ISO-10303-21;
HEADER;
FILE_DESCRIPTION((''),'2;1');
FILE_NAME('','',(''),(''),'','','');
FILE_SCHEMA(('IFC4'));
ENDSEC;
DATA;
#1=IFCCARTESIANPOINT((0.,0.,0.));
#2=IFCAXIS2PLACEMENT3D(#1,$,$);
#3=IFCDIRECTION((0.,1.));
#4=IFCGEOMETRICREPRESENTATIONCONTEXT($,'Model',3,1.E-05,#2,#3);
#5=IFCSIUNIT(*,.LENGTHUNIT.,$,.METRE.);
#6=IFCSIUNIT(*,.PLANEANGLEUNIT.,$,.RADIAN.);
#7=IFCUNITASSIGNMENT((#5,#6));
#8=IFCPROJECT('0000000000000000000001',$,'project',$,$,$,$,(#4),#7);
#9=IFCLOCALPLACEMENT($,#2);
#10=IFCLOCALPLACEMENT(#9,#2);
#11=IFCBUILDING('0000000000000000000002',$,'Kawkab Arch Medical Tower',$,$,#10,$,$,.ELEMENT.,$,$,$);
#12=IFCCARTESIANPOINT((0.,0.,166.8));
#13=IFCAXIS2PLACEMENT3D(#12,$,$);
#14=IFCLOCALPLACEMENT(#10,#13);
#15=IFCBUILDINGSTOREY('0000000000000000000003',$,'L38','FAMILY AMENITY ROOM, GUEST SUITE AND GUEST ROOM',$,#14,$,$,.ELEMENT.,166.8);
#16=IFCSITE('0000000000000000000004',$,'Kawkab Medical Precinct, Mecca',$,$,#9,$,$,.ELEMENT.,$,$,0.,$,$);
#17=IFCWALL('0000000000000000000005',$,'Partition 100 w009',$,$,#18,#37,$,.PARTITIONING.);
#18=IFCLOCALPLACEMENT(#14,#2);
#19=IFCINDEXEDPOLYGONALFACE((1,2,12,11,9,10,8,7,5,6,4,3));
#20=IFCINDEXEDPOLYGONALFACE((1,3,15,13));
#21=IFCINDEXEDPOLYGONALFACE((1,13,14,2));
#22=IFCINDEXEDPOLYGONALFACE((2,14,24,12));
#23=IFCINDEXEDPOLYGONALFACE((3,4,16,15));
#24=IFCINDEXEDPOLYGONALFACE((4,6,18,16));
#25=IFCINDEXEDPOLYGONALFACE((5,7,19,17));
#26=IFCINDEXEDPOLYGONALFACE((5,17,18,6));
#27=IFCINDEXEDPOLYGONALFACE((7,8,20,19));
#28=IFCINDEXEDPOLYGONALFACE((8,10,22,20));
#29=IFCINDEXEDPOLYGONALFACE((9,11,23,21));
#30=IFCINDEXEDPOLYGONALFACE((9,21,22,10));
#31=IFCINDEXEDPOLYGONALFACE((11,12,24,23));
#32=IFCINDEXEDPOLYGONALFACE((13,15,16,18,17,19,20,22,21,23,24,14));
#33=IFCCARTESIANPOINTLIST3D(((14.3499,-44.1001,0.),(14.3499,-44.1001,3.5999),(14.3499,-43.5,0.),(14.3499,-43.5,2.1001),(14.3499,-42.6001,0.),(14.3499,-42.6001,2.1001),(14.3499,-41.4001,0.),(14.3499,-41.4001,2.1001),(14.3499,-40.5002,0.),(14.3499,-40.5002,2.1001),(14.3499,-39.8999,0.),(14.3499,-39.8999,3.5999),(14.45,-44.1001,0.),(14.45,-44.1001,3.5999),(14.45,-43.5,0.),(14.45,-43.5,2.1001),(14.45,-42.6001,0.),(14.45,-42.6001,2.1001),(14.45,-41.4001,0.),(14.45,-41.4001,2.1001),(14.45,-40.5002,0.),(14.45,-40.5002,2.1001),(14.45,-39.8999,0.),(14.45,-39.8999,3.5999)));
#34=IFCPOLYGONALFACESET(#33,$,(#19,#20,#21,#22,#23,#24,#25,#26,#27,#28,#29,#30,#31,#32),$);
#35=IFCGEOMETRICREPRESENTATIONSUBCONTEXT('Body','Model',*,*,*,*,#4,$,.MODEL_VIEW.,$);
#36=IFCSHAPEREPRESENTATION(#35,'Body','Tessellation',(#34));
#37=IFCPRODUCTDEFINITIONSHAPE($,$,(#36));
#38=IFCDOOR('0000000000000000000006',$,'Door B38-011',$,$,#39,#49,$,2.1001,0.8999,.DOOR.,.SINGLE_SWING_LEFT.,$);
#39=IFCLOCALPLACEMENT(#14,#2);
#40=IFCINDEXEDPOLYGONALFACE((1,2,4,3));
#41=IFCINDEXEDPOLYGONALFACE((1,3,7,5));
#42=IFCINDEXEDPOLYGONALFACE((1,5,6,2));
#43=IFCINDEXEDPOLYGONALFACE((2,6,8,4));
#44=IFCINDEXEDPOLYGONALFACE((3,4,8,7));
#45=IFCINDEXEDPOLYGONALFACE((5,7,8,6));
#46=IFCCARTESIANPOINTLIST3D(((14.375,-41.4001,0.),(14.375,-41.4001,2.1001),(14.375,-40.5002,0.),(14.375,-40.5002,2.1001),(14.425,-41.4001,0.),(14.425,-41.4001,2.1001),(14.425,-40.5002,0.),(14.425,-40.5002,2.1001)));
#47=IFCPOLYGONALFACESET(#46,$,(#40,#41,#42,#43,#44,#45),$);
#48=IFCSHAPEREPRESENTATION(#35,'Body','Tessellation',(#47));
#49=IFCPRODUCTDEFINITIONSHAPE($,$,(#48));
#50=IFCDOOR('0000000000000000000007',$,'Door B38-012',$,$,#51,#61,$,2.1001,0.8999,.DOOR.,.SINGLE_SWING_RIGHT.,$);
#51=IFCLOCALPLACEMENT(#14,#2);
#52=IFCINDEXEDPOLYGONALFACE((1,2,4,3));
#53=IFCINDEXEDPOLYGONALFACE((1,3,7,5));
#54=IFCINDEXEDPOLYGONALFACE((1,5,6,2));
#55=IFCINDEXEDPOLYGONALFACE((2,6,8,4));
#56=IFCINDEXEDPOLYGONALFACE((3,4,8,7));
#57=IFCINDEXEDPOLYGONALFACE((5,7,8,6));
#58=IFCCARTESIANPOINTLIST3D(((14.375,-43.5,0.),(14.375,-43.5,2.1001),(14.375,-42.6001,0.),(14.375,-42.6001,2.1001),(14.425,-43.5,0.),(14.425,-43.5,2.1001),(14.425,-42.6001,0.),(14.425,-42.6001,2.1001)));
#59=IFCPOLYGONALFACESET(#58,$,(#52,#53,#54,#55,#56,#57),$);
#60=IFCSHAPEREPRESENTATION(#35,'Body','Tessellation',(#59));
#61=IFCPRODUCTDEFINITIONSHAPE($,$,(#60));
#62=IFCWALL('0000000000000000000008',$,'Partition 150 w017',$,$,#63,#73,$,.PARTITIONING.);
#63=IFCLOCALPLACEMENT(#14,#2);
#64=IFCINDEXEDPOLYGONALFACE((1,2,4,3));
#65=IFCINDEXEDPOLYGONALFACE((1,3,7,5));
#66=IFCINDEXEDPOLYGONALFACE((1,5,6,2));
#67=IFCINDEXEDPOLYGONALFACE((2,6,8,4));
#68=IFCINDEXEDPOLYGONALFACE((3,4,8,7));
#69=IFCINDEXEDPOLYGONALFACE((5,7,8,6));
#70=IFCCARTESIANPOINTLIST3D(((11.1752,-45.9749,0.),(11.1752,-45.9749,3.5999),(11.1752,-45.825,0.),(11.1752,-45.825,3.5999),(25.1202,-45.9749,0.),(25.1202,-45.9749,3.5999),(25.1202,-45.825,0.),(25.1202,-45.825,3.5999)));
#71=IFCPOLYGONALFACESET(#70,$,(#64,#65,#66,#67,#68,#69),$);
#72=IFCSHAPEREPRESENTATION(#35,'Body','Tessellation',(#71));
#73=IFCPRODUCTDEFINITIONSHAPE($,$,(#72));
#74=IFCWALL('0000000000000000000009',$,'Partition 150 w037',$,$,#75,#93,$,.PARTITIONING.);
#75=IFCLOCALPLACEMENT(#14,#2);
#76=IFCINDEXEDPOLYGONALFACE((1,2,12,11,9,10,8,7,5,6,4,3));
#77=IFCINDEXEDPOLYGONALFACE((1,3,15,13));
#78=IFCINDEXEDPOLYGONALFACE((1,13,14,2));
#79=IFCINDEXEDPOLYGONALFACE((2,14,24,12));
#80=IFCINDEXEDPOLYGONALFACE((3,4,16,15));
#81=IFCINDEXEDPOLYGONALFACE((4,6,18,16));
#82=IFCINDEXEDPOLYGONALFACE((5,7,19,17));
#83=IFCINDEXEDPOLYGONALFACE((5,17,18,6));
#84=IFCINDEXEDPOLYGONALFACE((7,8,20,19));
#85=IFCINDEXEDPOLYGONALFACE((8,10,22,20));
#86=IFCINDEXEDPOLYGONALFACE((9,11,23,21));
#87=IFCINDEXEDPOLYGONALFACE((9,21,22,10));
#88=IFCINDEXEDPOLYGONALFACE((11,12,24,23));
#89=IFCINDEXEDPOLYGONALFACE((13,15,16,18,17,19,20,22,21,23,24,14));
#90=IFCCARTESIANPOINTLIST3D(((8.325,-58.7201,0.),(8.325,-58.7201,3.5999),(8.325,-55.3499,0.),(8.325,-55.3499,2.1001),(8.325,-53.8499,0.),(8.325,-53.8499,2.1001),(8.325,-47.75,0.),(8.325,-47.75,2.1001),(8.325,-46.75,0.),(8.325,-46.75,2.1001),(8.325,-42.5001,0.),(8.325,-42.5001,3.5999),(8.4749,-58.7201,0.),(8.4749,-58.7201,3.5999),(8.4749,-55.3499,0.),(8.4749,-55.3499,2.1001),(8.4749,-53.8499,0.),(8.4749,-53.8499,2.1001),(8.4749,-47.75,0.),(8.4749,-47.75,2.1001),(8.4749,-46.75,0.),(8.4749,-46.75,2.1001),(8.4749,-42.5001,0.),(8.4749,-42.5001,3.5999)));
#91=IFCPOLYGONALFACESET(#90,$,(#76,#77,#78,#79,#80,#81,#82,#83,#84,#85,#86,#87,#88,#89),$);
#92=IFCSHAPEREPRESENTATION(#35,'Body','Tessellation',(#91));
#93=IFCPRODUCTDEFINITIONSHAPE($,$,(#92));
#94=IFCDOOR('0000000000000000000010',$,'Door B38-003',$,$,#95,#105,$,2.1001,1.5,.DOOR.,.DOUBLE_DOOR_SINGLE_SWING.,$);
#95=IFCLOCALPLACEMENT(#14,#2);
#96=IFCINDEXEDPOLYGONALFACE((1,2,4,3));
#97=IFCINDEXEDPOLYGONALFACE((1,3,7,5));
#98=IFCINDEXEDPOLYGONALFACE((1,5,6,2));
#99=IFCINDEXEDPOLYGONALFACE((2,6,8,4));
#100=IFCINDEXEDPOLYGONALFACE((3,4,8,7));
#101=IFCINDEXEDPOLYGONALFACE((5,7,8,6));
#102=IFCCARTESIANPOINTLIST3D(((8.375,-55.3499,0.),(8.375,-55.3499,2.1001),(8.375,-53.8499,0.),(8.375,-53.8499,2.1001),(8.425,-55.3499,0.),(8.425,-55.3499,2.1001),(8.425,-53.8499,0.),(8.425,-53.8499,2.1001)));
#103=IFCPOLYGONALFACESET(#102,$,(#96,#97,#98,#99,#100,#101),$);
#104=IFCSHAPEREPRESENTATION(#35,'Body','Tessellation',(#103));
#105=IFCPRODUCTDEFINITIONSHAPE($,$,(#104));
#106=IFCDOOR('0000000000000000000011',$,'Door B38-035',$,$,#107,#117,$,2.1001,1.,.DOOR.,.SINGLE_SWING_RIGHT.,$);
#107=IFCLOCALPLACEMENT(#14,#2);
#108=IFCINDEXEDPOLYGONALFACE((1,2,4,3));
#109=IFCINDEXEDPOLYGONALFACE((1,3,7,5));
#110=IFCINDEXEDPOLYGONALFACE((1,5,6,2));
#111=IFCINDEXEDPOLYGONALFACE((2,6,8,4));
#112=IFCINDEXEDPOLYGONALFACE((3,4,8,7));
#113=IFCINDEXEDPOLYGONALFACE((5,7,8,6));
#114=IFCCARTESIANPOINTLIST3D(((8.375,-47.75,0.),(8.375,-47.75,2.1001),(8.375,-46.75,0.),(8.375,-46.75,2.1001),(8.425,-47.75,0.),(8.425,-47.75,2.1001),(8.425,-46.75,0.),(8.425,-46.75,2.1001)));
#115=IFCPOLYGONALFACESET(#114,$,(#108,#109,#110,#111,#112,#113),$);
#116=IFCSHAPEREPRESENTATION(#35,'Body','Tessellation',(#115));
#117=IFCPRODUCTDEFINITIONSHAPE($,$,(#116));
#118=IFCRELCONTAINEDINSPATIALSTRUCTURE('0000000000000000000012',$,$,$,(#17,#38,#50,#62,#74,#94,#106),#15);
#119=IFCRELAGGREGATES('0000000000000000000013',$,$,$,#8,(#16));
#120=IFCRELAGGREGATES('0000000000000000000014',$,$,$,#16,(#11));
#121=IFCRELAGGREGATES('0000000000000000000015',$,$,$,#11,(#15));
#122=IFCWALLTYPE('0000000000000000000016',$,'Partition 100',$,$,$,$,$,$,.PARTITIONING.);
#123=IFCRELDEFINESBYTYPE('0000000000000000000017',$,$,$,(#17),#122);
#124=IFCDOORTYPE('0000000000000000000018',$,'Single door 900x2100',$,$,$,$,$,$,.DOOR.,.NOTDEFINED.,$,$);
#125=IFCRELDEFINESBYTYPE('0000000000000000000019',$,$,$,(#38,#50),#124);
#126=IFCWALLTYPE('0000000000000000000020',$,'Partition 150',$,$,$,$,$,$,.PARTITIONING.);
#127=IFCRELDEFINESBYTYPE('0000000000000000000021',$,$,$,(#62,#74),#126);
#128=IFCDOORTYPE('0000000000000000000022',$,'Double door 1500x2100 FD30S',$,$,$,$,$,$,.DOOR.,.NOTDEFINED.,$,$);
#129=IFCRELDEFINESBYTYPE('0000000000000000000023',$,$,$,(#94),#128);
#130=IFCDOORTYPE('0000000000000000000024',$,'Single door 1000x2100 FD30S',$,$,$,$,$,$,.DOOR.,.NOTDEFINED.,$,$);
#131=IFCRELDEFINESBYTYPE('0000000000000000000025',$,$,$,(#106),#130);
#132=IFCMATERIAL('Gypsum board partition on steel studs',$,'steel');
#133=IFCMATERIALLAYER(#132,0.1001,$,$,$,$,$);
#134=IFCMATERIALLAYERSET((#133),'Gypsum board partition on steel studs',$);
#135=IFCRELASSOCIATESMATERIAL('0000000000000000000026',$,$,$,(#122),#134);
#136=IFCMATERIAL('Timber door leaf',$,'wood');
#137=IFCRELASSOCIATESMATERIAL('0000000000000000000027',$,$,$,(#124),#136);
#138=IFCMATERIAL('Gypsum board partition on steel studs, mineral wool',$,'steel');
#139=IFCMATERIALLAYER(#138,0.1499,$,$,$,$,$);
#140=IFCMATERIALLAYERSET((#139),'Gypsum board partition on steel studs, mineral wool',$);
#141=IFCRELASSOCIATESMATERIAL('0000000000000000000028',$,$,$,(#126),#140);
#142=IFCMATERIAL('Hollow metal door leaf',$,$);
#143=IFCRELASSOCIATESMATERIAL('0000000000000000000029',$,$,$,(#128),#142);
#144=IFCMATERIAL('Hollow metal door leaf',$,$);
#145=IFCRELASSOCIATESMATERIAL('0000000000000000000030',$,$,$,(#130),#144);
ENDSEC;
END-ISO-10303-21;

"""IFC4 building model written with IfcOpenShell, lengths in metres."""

from ifc_helpers import new_model, si_unit, direction, frame, frame_2d, origin, place, context, subcontext, project, spatial, rectangle, extrude, material, layer, layer_set, type_object, element, fill, save


model = new_model("IFC4")

# Units and contexts
model_context = context("Model", 3, precision=1e-05, world=origin(), true_north=direction((0.0, 1.0)))
body_context = subcontext(model_context, "Body", "Model", "MODEL_VIEW")
ifc_project = project(units=[si_unit("LENGTHUNIT", "METRE"), si_unit("PLANEANGLEUNIT", "RADIAN")], contexts=[model_context])

# Site, building, storey
site_placement = place(None, origin())
site = spatial("IfcSite", under=ifc_project, at=site_placement, Name="Kawkab Medical Precinct, Mecca", CompositionType="ELEMENT", RefElevation=0.0)
building_placement = place(site_placement, origin())
building = spatial("IfcBuilding", under=site, at=building_placement, Name="Kawkab Arch Medical Tower", CompositionType="ELEMENT")
storey_placement = place(building_placement, frame((0.0, 0.0, 166.8)))
storey = spatial("IfcBuildingStorey", under=building, at=storey_placement, Name="L38", Description="FAMILY AMENITY ROOM, GUEST SUITE AND GUEST ROOM", CompositionType="ELEMENT", Elevation=166.8)

# Shared definitions
ifc_material_1 = material(Name="Gypsum board partition on steel studs", Category="steel")
ifc_layer_1 = layer(ifc_material_1, 0.1001)
ifc_layer_set_1 = layer_set([ifc_layer_1], Name="Gypsum board partition on steel studs")
wall_type_1 = type_object("IfcWallType", Name="Partition 100", PredefinedType="PARTITIONING", material=ifc_layer_set_1)

# Shared definitions
ifc_material_2 = material(Name="Timber door leaf", Category="wood")
door_type_1 = type_object("IfcDoorType", Name="Single door 900x2100", OperationType="NOTDEFINED", PredefinedType="DOOR", material=ifc_material_2)

# Wall, openings, doors
wall_1_placement = place(storey_placement, frame((14.3999, -44.1001, 0.0), z_axis=(0.0, 0.0, 1.0), x_axis=(0.0, 1.0, 0.0)))
wall_1 = element("IfcWall", 1, at=wall_1_placement, inside=storey, type_object=wall_type_1, Name="Partition 100 w009", PredefinedType="PARTITIONING", context=body_context, shape_type="SweptSolid", body=[
    extrude(rectangle(XDim=4.2002, YDim=0.1001, at=frame_2d((2.1001, 0.0))), origin(), (0.0, 0.0, 1.0), 3.5999),
])
opening_1_placement = place(wall_1_placement, frame((2.7, 0.0, 0.0)))
opening_1 = element("IfcOpeningElement", 2, at=opening_1_placement, cuts=wall_1, PredefinedType="OPENING", context=body_context, shape_type="SweptSolid", body=[
    extrude(rectangle(XDim=0.8999, YDim=2.1001, at=frame_2d((0.45, 1.05))), frame((0.0, 0.0601, 0.0), z_axis=(0.0, -1.0, 0.0), x_axis=(1.0, 0.0, 0.0)), (0.0, 0.0, 1.0), 0.1201),
])
opening_2_placement = place(wall_1_placement, frame((0.6001, 0.0, 0.0)))
opening_2 = element("IfcOpeningElement", 3, at=opening_2_placement, cuts=wall_1, PredefinedType="OPENING", context=body_context, shape_type="SweptSolid", body=[
    extrude(rectangle(XDim=0.8999, YDim=2.1001, at=frame_2d((0.45, 1.05))), frame((0.0, 0.0601, 0.0), z_axis=(0.0, -1.0, 0.0), x_axis=(1.0, 0.0, 0.0)), (0.0, 0.0, 1.0), 0.1201),
])
door_1_placement = place(opening_1_placement, origin())
door_1 = element("IfcDoor", 4, at=door_1_placement, inside=storey, type_object=door_type_1, Name="Door B38-011", OperationType="SINGLE_SWING_LEFT", OverallHeight=2.1001, OverallWidth=0.8999, PredefinedType="DOOR", context=body_context, shape_type="SweptSolid", body=[
    extrude(rectangle(XDim=0.8999, YDim=2.1001, at=frame_2d((0.45, 1.05))), frame((0.0, 0.0249, 0.0), z_axis=(0.0, -1.0, 0.0), x_axis=(1.0, 0.0, 0.0)), (0.0, 0.0, 1.0), 0.05),
])
fill(opening_1, door_1)
door_2_placement = place(opening_2_placement, origin())
door_2 = element("IfcDoor", 5, at=door_2_placement, inside=storey, type_object=door_type_1, Name="Door B38-012", OperationType="SINGLE_SWING_RIGHT", OverallHeight=2.1001, OverallWidth=0.8999, PredefinedType="DOOR", context=body_context, shape_type="SweptSolid", body=[
    extrude(rectangle(XDim=0.8999, YDim=2.1001, at=frame_2d((0.45, 1.05))), frame((0.0, 0.0249, 0.0), z_axis=(0.0, -1.0, 0.0), x_axis=(1.0, 0.0, 0.0)), (0.0, 0.0, 1.0), 0.05),
])
fill(opening_2, door_2)

# Wall
ifc_material_3 = material(Name="Gypsum board partition on steel studs, mineral wool", Category="steel")
ifc_layer_2 = layer(ifc_material_3, 0.1499)
ifc_layer_set_2 = layer_set([ifc_layer_2], Name="Gypsum board partition on steel studs, mineral wool")
wall_type_2 = type_object("IfcWallType", Name="Partition 150", PredefinedType="PARTITIONING", material=ifc_layer_set_2)
wall_2_placement = place(storey_placement, frame((11.175, -45.8999, 0.0), z_axis=(0.0, 0.0, 1.0), x_axis=(1.0, 0.0, 0.0)))
element("IfcWall", 6, at=wall_2_placement, inside=storey, type_object=wall_type_2, Name="Partition 150 w017", PredefinedType="PARTITIONING", context=body_context, shape_type="SweptSolid", body=[
    extrude(rectangle(XDim=13.9451, YDim=0.1499, at=frame_2d((6.9727, 0.0))), origin(), (0.0, 0.0, 1.0), 3.5999),
])

# Wall, openings, doors
wall_3_placement = place(storey_placement, frame((8.3999, -58.72, 0.0), z_axis=(0.0, 0.0, 1.0), x_axis=(0.0, 1.0, 0.0)))
wall_3 = element("IfcWall", 7, at=wall_3_placement, inside=storey, type_object=wall_type_2, Name="Partition 150 w037", PredefinedType="PARTITIONING", context=body_context, shape_type="SweptSolid", body=[
    extrude(rectangle(XDim=16.22, YDim=0.1499, at=frame_2d((8.1099, 0.0))), origin(), (0.0, 0.0, 1.0), 3.5999),
])
opening_3_placement = place(wall_3_placement, frame((3.3701, 0.0, 0.0)))
opening_3 = element("IfcOpeningElement", 8, at=opening_3_placement, cuts=wall_3, PredefinedType="OPENING", context=body_context, shape_type="SweptSolid", body=[
    extrude(rectangle(XDim=1.5, YDim=2.1001, at=frame_2d((0.75, 1.05))), frame((0.0, 0.085, 0.0), z_axis=(0.0, -1.0, 0.0), x_axis=(1.0, 0.0, 0.0)), (0.0, 0.0, 1.0), 0.1699),
])
opening_4_placement = place(wall_3_placement, frame((10.97, 0.0, 0.0)))
opening_4 = element("IfcOpeningElement", 9, at=opening_4_placement, cuts=wall_3, PredefinedType="OPENING", context=body_context, shape_type="SweptSolid", body=[
    extrude(rectangle(XDim=1.0, YDim=2.1001, at=frame_2d((0.5, 1.05))), frame((0.0, 0.085, 0.0), z_axis=(0.0, -1.0, 0.0), x_axis=(1.0, 0.0, 0.0)), (0.0, 0.0, 1.0), 0.1699),
])
ifc_material_4 = material(Name="Hollow metal door leaf")
door_type_2 = type_object("IfcDoorType", Name="Double door 1500x2100 FD30S", OperationType="NOTDEFINED", PredefinedType="DOOR", material=ifc_material_4)
door_3_placement = place(opening_3_placement, origin())
door_3 = element("IfcDoor", 10, at=door_3_placement, inside=storey, type_object=door_type_2, Name="Door B38-003", OperationType="DOUBLE_DOOR_SINGLE_SWING", OverallHeight=2.1001, OverallWidth=1.5, PredefinedType="DOOR", context=body_context, shape_type="SweptSolid", body=[
    extrude(rectangle(XDim=1.5, YDim=2.1001, at=frame_2d((0.75, 1.05))), frame((0.0, 0.0249, 0.0), z_axis=(0.0, -1.0, 0.0), x_axis=(1.0, 0.0, 0.0)), (0.0, 0.0, 1.0), 0.05),
])
fill(opening_3, door_3)
ifc_material_5 = material(Name="Hollow metal door leaf")
door_type_3 = type_object("IfcDoorType", Name="Single door 1000x2100 FD30S", OperationType="NOTDEFINED", PredefinedType="DOOR", material=ifc_material_5)
door_4_placement = place(opening_4_placement, origin())
door_4 = element("IfcDoor", 11, at=door_4_placement, inside=storey, type_object=door_type_3, Name="Door B38-035", OperationType="SINGLE_SWING_RIGHT", OverallHeight=2.1001, OverallWidth=1.0, PredefinedType="DOOR", context=body_context, shape_type="SweptSolid", body=[
    extrude(rectangle(XDim=1.0, YDim=2.1001, at=frame_2d((0.5, 1.05))), frame((0.0, 0.0249, 0.0), z_axis=(0.0, -1.0, 0.0), x_axis=(1.0, 0.0, 0.0)), (0.0, 0.0, 1.0), 0.05),
])
fill(opening_4, door_4)

save(model, "model.ifc")
